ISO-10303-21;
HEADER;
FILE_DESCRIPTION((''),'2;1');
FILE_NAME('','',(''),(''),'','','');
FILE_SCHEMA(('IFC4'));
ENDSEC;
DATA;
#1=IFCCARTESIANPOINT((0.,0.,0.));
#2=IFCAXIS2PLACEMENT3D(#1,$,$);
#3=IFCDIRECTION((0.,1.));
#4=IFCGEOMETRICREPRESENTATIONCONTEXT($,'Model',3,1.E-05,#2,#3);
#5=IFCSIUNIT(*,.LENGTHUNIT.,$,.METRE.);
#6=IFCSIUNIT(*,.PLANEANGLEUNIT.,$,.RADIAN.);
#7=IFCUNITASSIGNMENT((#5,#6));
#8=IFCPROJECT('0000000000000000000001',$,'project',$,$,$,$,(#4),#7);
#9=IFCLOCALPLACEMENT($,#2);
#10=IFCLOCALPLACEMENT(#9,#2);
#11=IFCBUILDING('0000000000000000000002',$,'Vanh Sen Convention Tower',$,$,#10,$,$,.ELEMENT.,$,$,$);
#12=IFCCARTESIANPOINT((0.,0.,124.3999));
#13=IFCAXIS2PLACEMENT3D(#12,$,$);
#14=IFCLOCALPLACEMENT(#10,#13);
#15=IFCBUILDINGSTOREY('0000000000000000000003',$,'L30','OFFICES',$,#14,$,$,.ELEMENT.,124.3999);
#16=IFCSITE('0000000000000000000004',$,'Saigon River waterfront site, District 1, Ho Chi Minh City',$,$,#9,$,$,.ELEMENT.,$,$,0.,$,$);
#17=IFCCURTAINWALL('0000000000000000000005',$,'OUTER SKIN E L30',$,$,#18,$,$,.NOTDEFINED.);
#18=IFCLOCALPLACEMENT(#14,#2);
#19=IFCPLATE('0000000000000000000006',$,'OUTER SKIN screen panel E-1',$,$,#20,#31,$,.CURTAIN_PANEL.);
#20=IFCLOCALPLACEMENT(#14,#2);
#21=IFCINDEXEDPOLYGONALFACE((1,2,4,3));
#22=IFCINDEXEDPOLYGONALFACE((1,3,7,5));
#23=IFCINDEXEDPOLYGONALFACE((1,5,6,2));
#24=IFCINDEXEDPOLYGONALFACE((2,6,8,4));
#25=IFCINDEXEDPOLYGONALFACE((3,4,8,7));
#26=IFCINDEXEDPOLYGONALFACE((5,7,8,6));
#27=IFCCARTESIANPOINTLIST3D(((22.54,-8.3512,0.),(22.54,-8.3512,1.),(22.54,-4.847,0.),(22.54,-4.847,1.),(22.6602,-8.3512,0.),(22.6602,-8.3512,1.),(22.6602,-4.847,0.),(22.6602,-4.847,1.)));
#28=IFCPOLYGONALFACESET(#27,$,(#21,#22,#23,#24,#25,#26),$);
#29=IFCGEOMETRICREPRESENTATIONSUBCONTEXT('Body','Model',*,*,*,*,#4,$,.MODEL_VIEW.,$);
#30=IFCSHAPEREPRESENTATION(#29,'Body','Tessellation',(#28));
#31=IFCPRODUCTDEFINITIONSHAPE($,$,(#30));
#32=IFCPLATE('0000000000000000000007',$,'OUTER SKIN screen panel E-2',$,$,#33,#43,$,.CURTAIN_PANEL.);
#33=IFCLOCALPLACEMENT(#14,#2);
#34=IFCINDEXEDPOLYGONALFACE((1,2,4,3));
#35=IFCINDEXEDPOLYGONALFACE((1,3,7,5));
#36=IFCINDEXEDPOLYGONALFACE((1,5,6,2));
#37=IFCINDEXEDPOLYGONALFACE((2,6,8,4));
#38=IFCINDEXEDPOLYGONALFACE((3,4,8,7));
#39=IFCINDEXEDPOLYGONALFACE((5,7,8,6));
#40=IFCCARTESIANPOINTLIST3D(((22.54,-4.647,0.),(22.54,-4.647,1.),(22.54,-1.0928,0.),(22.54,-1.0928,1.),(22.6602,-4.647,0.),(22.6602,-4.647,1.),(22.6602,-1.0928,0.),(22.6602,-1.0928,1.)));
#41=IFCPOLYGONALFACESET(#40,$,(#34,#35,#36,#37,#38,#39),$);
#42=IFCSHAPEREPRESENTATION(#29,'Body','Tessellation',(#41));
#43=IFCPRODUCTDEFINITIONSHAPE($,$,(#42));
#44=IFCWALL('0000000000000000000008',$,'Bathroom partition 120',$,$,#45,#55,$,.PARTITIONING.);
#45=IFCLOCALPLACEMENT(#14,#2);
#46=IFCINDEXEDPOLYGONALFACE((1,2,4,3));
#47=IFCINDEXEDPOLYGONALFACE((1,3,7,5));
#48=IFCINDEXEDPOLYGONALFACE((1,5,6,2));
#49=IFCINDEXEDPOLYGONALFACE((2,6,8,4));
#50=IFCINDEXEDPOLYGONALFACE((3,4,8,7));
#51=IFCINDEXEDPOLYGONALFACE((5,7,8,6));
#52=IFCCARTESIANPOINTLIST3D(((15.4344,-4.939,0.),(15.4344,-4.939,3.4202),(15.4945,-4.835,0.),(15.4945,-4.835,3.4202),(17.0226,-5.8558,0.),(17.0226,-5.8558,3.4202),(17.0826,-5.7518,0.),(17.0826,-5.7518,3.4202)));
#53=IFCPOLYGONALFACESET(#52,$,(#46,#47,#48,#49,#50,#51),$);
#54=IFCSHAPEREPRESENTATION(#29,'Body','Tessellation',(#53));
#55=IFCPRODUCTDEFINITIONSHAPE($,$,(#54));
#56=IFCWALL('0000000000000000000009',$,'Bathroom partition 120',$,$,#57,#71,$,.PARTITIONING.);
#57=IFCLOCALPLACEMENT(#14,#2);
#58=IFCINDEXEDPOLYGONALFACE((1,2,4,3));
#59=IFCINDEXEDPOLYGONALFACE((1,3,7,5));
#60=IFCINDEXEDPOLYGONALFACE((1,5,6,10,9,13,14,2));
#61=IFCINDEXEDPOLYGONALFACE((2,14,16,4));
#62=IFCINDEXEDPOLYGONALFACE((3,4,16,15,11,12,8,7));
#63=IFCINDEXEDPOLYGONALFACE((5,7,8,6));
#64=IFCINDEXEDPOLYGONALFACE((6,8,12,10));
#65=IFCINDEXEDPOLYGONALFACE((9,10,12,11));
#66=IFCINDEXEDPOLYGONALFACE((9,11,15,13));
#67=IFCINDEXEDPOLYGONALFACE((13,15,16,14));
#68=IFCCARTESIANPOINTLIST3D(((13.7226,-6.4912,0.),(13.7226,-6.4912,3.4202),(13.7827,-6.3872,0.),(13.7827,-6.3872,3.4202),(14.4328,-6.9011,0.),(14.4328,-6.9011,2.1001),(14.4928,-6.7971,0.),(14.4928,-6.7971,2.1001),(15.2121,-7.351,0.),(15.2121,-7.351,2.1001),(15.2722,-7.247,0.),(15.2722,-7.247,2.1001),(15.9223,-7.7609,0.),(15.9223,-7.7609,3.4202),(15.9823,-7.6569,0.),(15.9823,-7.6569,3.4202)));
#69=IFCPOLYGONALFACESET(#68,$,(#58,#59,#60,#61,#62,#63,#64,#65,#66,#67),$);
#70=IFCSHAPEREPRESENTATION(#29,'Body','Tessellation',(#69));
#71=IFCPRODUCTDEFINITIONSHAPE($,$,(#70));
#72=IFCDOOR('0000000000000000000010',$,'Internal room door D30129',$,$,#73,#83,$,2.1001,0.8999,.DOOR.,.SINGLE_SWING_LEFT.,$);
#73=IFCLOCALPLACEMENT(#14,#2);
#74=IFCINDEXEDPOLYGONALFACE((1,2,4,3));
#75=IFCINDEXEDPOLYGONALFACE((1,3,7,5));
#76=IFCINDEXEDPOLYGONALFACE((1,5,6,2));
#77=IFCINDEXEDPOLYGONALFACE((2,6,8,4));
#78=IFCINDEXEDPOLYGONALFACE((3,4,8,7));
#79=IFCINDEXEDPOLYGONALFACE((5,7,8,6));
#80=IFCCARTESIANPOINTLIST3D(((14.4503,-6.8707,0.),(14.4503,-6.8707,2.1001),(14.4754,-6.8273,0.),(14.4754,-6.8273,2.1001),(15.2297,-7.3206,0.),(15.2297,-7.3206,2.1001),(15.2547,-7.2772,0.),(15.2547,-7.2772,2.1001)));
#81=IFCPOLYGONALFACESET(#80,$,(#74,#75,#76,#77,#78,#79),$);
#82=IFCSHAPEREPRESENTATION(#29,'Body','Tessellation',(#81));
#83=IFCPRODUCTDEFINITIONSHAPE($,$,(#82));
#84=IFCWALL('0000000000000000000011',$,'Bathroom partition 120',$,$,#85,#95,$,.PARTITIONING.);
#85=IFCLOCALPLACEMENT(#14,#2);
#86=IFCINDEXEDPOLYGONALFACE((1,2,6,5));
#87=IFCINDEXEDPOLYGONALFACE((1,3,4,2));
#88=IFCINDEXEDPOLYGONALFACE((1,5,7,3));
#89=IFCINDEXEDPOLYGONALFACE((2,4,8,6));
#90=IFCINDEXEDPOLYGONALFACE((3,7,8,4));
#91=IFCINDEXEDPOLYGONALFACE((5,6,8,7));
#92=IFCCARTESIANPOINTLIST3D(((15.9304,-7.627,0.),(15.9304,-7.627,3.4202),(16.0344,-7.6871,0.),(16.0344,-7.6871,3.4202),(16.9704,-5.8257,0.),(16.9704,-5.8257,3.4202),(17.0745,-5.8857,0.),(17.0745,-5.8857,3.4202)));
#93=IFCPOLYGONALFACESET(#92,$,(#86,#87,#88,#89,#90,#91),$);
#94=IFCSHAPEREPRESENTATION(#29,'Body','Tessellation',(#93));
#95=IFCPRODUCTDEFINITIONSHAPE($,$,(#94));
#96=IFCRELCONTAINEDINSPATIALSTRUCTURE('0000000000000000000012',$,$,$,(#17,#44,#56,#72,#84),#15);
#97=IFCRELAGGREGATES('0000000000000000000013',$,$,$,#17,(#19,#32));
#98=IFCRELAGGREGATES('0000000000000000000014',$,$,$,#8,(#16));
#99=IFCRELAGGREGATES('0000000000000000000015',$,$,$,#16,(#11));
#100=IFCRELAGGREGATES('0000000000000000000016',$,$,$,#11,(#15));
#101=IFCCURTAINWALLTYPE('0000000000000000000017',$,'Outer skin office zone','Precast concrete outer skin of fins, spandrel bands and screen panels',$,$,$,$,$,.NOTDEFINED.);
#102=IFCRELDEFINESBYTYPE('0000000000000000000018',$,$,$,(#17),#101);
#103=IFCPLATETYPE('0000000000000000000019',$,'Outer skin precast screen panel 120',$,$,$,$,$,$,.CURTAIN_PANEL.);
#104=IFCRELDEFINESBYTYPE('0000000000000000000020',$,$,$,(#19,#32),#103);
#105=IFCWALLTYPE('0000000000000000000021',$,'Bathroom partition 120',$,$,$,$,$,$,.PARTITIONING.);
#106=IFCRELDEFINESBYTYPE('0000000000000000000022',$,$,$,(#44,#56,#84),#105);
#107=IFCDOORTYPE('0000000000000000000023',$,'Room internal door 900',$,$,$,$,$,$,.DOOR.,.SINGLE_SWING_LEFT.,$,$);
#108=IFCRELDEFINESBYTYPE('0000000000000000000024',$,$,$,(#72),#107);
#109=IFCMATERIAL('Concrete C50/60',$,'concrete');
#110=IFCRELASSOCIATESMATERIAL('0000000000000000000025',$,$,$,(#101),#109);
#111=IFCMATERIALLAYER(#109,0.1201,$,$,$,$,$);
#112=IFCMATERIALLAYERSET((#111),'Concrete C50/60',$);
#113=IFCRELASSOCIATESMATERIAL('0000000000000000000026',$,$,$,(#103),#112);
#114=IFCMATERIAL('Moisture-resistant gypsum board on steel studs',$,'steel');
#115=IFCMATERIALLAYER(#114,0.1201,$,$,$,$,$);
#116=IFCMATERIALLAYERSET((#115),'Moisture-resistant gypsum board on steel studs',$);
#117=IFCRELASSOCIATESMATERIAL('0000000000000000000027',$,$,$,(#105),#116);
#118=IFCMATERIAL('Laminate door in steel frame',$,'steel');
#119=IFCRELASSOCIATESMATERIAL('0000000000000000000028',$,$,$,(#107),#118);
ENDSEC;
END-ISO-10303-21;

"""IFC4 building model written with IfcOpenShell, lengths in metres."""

from ifc_helpers import new_model, si_unit, direction, frame, frame_2d, origin, origin_2d, place, context, subcontext, project, spatial, rectangle, extrude, material, layer, layer_set, type_object, element, fill, aggregate, save


model = new_model("IFC4")

# Units and contexts
model_context = context("Model", 3, precision=1e-05, world=origin(), true_north=direction((0.0, 1.0)))
body_context = subcontext(model_context, "Body", "Model", "MODEL_VIEW")
ifc_project = project(units=[si_unit("LENGTHUNIT", "METRE"), si_unit("PLANEANGLEUNIT", "RADIAN")], contexts=[model_context])

# Site, building, storey
site_placement = place(None, origin())
site = spatial("IfcSite", under=ifc_project, at=site_placement, Name="Saigon River waterfront site, District 1, Ho Chi Minh City", CompositionType="ELEMENT", RefElevation=0.0)
building_placement = place(site_placement, origin())
building = spatial("IfcBuilding", under=site, at=building_placement, Name="Vanh Sen Convention Tower", CompositionType="ELEMENT")
storey_placement = place(building_placement, frame((0.0, 0.0, 124.3999)))
storey = spatial("IfcBuildingStorey", under=building, at=storey_placement, Name="L30", Description="OFFICES", CompositionType="ELEMENT", Elevation=124.3999)

# Curtain wall
ifc_material_1 = material(Name="Concrete C50/60", Category="concrete")
curtain_wall_type = type_object("IfcCurtainWallType", Name="Outer skin office zone", Description="Precast concrete outer skin of fins, spandrel bands and screen panels", PredefinedType="NOTDEFINED", material=ifc_material_1)
curtain_wall_placement = place(storey_placement, origin())
curtain_wall = element("IfcCurtainWall", 1, at=curtain_wall_placement, inside=storey, type_object=curtain_wall_type, Name="OUTER SKIN E L30", PredefinedType="NOTDEFINED")

# Plates
ifc_layer_1 = layer(ifc_material_1, 0.1201)
ifc_layer_set_1 = layer_set([ifc_layer_1], Name="Concrete C50/60")
plate_type = type_object("IfcPlateType", Name="Outer skin precast screen panel 120", PredefinedType="CURTAIN_PANEL", material=ifc_layer_set_1)
plate_1_placement = place(storey_placement, frame((22.6001, -6.5991, 0.0), z_axis=(0.0, 0.0, 1.0), x_axis=(0.0, 1.0, 0.0)))
plate_1 = element("IfcPlate", 2, at=plate_1_placement, type_object=plate_type, Name="OUTER SKIN screen panel E-1", PredefinedType="CURTAIN_PANEL", context=body_context, shape_type="SweptSolid", body=[
    extrude(rectangle(XDim=3.5042, YDim=0.1201, at=origin_2d()), origin(), (0.0, 0.0, 1.0), 1.0),
])
plate_2_placement = place(storey_placement, frame((22.6001, -2.8699, 0.0), z_axis=(0.0, 0.0, 1.0), x_axis=(0.0, 1.0, 0.0)))
plate_2 = element("IfcPlate", 3, at=plate_2_placement, type_object=plate_type, Name="OUTER SKIN screen panel E-2", PredefinedType="CURTAIN_PANEL", context=body_context, shape_type="SweptSolid", body=[
    extrude(rectangle(XDim=3.5542, YDim=0.1201, at=origin_2d()), origin(), (0.0, 0.0, 1.0), 1.0),
])
aggregate(curtain_wall, [plate_1, plate_2])

# Wall
ifc_material_2 = material(Name="Moisture-resistant gypsum board on steel studs", Category="steel")
ifc_layer_2 = layer(ifc_material_2, 0.1201)
ifc_layer_set_2 = layer_set([ifc_layer_2], Name="Moisture-resistant gypsum board on steel studs")
wall_type_1 = type_object("IfcWallType", Name="Bathroom partition 120", PredefinedType="PARTITIONING", material=ifc_layer_set_2)
wall_1_placement = place(storey_placement, frame((15.4644, -4.887, 0.0), z_axis=(0.0, 0.0, 1.0), x_axis=(0.866064, -0.499934, 0.0)))
element("IfcWall", 4, at=wall_1_placement, inside=storey, type_object=wall_type_1, Name="Bathroom partition 120", PredefinedType="PARTITIONING", context=body_context, shape_type="SweptSolid", body=[
    extrude(rectangle(XDim=1.8337, YDim=0.1201, at=frame_2d((0.917, 0.0))), origin(), (0.0, 0.0, 1.0), 3.4202),
])

# Wall, opening, door
wall_2_placement = place(storey_placement, frame((15.9524, -7.709, 0.0), z_axis=(0.0, 0.0, 1.0), x_axis=(-0.866064, 0.499933, 0.0)))
wall_2 = element("IfcWall", 5, at=wall_2_placement, inside=storey, type_object=wall_type_1, Name="Bathroom partition 120", PredefinedType="PARTITIONING", context=body_context, shape_type="SweptSolid", body=[
    extrude(rectangle(XDim=2.5398, YDim=0.1201, at=frame_2d((1.27, 0.0))), origin(), (0.0, 0.0, 1.0), 3.4202),
])
opening_1_placement = place(wall_2_placement, frame((0.8201, 0.0, 0.0)))
opening_1 = element("IfcOpeningElement", 6, at=opening_1_placement, cuts=wall_2, PredefinedType="OPENING", context=body_context, shape_type="SweptSolid", body=[
    extrude(rectangle(XDim=0.8999, YDim=2.1001, at=frame_2d((0.45, 1.05))), frame((0.0, 0.0701, 0.0), z_axis=(0.0, -1.0, 0.0), x_axis=(1.0, 0.0, 0.0)), (0.0, 0.0, 1.0), 0.1401),
])
ifc_material_3 = material(Name="Laminate door in steel frame", Category="steel")
door_type = type_object("IfcDoorType", Name="Room internal door 900", OperationType="SINGLE_SWING_LEFT", PredefinedType="DOOR", material=ifc_material_3)
door_placement = place(opening_1_placement, origin())
door = element("IfcDoor", 7, at=door_placement, inside=storey, type_object=door_type, Name="Internal room door D30129", OperationType="SINGLE_SWING_LEFT", OverallHeight=2.1001, OverallWidth=0.8999, PredefinedType="DOOR", context=body_context, shape_type="SweptSolid", body=[
    extrude(rectangle(XDim=0.8999, YDim=2.1001, at=frame_2d((0.45, 1.05))), frame((0.0, 0.0249, 0.0), z_axis=(0.0, -1.0, 0.0), x_axis=(1.0, 0.0, 0.0)), (0.0, 0.0, 1.0), 0.05),
])
fill(opening_1, door)

# Wall
wall_3_placement = place(storey_placement, frame((17.0225, -5.8557, 0.0), z_axis=(0.0, 0.0, 1.0), x_axis=(-0.500027, -0.86601, 0.0)))
element("IfcWall", 8, at=wall_3_placement, inside=storey, type_object=wall_type_1, Name="Bathroom partition 120", PredefinedType="PARTITIONING", context=body_context, shape_type="SweptSolid", body=[
    extrude(rectangle(XDim=2.0801, YDim=0.1201, at=frame_2d((1.04, 0.0))), origin(), (0.0, 0.0, 1.0), 3.4202),
])

save(model, "model.ifc")
